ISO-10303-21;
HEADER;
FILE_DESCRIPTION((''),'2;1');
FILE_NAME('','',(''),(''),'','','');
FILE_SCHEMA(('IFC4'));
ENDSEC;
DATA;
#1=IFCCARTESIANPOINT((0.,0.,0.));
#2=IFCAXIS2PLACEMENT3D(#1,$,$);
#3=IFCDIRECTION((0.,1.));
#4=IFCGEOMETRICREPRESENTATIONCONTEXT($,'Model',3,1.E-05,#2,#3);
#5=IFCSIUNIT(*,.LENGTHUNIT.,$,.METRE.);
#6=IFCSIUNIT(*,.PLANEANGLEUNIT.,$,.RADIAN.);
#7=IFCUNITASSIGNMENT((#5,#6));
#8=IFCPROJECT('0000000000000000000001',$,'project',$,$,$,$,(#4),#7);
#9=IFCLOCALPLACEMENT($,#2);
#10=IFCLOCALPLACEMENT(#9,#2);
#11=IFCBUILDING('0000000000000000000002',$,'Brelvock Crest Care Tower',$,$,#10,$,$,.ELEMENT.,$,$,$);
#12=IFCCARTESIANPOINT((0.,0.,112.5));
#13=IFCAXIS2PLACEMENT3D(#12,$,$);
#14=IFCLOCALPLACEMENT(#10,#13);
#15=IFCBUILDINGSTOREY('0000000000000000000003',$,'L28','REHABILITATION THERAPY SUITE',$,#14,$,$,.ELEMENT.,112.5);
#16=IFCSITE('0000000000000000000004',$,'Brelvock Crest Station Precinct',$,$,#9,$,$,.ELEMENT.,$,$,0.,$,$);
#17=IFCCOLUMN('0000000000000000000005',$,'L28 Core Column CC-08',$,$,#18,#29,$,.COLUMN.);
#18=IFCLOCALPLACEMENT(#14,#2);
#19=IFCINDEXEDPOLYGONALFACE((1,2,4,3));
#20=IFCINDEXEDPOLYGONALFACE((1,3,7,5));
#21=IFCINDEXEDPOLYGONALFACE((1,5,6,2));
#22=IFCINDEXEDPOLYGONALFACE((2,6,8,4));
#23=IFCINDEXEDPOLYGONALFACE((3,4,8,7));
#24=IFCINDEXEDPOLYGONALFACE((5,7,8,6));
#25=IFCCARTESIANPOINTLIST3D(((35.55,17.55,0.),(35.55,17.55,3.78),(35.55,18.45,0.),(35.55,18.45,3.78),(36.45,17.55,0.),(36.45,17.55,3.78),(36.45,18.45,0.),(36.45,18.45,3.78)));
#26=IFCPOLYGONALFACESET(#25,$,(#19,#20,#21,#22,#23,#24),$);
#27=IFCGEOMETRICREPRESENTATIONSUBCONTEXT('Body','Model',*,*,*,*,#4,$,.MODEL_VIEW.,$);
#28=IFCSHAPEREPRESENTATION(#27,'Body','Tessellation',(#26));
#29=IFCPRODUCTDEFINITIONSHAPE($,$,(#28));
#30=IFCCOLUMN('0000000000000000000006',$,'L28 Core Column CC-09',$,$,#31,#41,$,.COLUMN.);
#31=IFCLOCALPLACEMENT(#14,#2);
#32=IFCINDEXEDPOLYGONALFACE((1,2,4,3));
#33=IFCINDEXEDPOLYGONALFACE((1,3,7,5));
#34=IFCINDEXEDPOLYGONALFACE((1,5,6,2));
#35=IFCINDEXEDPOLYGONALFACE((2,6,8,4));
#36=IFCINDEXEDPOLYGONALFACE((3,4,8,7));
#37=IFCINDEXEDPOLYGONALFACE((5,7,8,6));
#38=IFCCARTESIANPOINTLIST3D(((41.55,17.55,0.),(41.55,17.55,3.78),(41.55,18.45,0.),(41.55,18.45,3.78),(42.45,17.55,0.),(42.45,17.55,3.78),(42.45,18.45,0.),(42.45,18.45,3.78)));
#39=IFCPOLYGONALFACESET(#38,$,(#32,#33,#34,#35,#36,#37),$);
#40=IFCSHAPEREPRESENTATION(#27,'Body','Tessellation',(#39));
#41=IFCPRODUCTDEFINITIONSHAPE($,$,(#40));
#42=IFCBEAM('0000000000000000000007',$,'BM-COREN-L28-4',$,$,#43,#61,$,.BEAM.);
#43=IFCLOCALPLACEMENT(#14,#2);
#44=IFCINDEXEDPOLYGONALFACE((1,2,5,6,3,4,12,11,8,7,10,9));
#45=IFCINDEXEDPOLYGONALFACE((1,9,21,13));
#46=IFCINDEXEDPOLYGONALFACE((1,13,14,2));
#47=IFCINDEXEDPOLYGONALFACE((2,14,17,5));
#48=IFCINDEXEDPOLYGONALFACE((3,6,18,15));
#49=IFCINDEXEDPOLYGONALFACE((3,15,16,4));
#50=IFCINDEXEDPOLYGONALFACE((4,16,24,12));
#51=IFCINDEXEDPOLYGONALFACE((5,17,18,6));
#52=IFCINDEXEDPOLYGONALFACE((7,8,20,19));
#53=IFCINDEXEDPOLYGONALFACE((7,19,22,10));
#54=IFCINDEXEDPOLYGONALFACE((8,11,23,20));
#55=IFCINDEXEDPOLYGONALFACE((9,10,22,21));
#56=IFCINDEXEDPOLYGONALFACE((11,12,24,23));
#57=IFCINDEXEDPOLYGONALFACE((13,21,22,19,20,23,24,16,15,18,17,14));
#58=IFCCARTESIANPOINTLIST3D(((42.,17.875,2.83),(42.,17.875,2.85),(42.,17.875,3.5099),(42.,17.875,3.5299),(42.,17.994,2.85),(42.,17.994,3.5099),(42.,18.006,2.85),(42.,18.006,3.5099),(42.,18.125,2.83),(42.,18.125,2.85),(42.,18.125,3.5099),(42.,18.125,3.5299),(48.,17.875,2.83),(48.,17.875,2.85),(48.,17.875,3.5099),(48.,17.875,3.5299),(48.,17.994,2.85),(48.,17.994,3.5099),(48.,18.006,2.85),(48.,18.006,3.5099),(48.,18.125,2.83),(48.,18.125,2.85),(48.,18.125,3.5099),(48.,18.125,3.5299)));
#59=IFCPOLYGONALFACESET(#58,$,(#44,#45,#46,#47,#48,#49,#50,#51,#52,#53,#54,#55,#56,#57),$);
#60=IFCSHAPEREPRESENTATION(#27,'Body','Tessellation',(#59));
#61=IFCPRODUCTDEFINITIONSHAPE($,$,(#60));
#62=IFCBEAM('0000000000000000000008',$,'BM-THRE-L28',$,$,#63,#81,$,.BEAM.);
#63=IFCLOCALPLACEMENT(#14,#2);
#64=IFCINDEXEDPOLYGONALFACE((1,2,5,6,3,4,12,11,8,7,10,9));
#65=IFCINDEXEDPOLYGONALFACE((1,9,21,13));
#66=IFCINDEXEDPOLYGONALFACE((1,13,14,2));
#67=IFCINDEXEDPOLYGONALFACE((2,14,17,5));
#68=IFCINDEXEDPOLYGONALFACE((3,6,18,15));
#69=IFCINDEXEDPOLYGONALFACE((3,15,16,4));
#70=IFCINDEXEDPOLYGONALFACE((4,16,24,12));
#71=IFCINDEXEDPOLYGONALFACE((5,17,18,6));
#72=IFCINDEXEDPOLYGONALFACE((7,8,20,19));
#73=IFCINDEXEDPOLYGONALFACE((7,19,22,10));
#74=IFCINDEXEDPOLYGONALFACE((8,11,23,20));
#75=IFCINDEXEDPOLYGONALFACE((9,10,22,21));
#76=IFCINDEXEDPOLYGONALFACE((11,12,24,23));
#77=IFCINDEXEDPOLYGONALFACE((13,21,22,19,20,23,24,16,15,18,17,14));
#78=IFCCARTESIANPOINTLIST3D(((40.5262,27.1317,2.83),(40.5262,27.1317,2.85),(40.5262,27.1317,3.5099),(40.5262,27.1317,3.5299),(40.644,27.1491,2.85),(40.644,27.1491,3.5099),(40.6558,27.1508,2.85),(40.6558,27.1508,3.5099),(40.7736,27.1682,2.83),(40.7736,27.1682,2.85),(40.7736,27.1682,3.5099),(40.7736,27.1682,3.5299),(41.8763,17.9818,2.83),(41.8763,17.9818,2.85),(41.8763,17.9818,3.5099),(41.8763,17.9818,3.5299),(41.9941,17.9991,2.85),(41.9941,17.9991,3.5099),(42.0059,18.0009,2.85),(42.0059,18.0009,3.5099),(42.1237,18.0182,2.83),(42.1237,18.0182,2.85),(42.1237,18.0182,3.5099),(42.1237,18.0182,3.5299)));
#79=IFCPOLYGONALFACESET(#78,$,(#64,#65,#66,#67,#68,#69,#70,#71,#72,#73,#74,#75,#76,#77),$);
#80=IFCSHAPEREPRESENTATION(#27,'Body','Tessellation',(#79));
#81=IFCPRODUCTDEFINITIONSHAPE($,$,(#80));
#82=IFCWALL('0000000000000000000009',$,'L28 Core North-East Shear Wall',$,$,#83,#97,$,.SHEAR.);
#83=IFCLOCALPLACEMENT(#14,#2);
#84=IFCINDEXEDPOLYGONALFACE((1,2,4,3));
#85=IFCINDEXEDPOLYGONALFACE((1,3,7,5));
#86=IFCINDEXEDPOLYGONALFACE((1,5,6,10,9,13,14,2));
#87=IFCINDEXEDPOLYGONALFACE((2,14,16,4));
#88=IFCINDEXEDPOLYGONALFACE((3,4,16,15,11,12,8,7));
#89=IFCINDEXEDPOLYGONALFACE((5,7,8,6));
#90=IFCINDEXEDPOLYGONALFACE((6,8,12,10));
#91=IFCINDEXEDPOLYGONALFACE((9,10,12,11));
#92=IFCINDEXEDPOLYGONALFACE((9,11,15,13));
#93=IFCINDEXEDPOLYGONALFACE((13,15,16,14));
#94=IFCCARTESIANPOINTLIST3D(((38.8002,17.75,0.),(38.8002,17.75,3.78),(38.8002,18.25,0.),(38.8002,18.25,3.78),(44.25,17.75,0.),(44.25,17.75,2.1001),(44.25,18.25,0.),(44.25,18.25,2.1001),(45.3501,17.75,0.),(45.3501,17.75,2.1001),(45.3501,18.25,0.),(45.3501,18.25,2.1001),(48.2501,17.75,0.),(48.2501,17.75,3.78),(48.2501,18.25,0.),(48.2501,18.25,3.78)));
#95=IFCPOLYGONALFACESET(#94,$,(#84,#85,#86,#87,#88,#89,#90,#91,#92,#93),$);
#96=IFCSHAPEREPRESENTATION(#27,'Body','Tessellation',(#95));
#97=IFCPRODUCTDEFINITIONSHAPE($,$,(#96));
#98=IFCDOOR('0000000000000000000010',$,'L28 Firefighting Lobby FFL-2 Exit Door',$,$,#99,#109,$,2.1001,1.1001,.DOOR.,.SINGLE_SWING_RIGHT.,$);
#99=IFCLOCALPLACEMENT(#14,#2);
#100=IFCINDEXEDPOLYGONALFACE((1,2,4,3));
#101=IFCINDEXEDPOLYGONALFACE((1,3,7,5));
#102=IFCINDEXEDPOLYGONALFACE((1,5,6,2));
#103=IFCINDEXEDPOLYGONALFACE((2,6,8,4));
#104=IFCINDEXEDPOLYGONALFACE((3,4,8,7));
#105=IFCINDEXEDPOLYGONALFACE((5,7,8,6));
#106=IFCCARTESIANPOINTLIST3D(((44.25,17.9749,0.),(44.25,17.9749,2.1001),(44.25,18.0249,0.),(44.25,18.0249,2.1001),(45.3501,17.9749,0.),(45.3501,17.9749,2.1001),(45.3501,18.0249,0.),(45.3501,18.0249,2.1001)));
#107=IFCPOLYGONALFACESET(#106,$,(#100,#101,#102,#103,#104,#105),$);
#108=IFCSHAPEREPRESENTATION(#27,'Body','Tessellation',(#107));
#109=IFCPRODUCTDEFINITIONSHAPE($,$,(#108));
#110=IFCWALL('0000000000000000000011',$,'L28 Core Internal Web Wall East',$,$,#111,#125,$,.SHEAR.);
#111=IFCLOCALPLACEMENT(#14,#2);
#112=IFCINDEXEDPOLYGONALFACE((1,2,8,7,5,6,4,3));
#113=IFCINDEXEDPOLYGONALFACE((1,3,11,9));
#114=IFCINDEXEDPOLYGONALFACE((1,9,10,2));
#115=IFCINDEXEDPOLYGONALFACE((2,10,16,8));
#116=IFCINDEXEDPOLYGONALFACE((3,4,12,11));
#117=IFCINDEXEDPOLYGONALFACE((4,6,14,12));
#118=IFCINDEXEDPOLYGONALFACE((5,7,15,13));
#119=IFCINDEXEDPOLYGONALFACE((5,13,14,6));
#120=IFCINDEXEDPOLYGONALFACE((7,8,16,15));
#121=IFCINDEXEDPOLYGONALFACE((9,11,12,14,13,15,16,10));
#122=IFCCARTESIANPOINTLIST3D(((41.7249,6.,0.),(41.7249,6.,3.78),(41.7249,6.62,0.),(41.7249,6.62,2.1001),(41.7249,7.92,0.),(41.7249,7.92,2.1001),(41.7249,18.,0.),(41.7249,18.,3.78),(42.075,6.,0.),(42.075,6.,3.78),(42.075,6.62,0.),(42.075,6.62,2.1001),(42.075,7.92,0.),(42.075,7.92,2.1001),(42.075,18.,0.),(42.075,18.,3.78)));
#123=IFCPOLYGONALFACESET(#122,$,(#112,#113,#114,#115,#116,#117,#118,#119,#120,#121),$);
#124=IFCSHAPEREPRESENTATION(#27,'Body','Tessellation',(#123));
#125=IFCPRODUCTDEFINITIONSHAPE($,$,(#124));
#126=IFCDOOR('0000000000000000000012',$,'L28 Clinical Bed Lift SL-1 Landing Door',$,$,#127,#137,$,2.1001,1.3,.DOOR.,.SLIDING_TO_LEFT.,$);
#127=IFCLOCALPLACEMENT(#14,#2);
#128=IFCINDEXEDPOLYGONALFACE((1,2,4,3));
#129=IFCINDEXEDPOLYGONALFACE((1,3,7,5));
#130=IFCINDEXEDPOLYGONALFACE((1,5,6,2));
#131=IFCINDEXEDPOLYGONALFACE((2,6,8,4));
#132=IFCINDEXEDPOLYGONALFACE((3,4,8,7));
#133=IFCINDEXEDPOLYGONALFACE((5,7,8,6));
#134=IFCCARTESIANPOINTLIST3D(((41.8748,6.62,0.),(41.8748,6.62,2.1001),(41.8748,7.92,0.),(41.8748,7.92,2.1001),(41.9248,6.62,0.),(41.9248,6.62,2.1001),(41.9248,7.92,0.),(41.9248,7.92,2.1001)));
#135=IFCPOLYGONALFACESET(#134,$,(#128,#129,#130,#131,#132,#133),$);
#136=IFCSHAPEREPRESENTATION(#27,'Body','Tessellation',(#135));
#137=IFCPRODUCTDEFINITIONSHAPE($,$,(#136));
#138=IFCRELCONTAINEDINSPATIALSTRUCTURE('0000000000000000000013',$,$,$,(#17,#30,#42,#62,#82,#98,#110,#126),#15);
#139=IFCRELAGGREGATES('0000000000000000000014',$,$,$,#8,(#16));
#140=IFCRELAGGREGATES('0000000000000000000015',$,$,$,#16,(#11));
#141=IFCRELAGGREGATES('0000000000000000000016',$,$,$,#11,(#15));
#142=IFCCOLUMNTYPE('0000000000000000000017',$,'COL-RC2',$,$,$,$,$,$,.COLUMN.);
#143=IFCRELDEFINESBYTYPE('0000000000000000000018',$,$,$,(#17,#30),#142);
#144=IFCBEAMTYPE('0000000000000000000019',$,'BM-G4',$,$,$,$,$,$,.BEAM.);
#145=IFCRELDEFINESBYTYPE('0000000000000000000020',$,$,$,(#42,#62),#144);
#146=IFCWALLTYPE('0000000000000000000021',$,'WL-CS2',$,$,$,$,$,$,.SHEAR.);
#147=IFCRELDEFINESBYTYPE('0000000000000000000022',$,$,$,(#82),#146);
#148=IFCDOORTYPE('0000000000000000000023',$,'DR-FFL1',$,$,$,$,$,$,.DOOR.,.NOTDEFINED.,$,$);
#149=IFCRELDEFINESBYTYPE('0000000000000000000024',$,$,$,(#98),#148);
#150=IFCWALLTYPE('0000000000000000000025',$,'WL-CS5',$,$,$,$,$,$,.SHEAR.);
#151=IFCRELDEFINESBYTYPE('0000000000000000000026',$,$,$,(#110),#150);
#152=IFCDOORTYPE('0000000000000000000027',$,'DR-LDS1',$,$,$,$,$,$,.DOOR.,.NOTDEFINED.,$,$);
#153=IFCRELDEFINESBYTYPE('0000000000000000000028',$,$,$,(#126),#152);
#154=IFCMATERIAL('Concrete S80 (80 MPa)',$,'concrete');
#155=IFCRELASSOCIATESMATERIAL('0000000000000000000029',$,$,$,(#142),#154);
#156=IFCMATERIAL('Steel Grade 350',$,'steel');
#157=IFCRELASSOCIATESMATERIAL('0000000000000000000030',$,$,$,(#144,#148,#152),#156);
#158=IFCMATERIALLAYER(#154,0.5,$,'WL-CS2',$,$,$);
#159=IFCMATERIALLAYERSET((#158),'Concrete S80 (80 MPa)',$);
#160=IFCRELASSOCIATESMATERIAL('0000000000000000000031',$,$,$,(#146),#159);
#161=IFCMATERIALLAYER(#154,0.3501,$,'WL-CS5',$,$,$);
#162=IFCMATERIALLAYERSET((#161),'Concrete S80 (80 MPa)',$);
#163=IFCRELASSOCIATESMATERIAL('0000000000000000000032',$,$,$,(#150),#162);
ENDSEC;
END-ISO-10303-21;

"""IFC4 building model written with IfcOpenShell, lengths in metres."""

from ifc_helpers import new_model, si_unit, direction, frame, frame_2d, origin, origin_2d, place, context, subcontext, project, spatial, rectangle, i_section, extrude, source, transform, mapped, material, layer, layer_set, material_profile, profile_set, type_object, element, fill, save


model = new_model("IFC4")

# Units and contexts
model_context = context("Model", 3, precision=1e-05, world=origin(), true_north=direction((0.0, 1.0)))
body_context = subcontext(model_context, "Body", "Model", "MODEL_VIEW")
ifc_project = project(units=[si_unit("LENGTHUNIT", "METRE"), si_unit("PLANEANGLEUNIT", "RADIAN")], contexts=[model_context])

# Site, building, storey
site_placement = place(None, origin())
site = spatial("IfcSite", under=ifc_project, at=site_placement, Name="Brelvock Crest Station Precinct", CompositionType="ELEMENT", RefElevation=0.0)
building_placement = place(site_placement, origin())
building = spatial("IfcBuilding", under=site, at=building_placement, Name="Brelvock Crest Care Tower", CompositionType="ELEMENT")
storey_placement = place(building_placement, frame((0.0, 0.0, 112.5)))
storey = spatial("IfcBuildingStorey", under=building, at=storey_placement, Name="L28", Description="REHABILITATION THERAPY SUITE", CompositionType="ELEMENT", Elevation=112.5)

# Columns
ifc_material_1 = material(Name="Concrete S80 (80 MPa)", Category="concrete")
ifc_material_profile_1 = material_profile(ifc_material_1, rectangle(XDim=0.8999, YDim=0.8999, at=origin_2d()), Name="RC900x900")
ifc_profile_set_1 = profile_set([ifc_material_profile_1], Name="Concrete S80 (80 MPa)")
column_type = type_object("IfcColumnType", Name="COL-RC2", PredefinedType="COLUMN", material=ifc_profile_set_1)
shared_shape_1 = source(origin(), body_context, "Body", "SweptSolid", [
    extrude(rectangle(XDim=0.8999, YDim=0.8999, at=origin_2d()), origin(), (0.0, 0.0, 1.0), 3.78),
])
for number, where, z_axis, x_axis, name in (
    (1, (36.0, 18.0, 0.0), (0.0, 0.0, 1.0), (1.0, 0.0, 0.0), "L28 Core Column CC-08"),
    (2, (42.0, 18.0, 0.0), (0.0, 0.0, 1.0), (1.0, 0.0, 0.0), "L28 Core Column CC-09"),
):
    element("IfcColumn", number, at=place(storey_placement, frame(where, z_axis=z_axis, x_axis=x_axis)), inside=storey, type_object=column_type, Name=name, PredefinedType="COLUMN", context=body_context, shape_type="MappedRepresentation", body=[
        mapped(shared_shape_1, transform((0.0, 0.0, 0.0), x_axis=(1.0, 0.0, 0.0), y_axis=(0.0, 1.0, 0.0), z_axis=(0.0, 0.0, 1.0), scale=1.0)),
    ])

# Beams
ifc_material_2 = material(Name="Steel Grade 350", Category="steel")
ifc_material_profile_2 = material_profile(ifc_material_2, i_section(OverallWidth=0.25, OverallDepth=0.7, WebThickness=0.012, FlangeThickness=0.02, at=origin_2d()), Name="700WB150")
ifc_profile_set_2 = profile_set([ifc_material_profile_2], Name="Steel Grade 350")
beam_type = type_object("IfcBeamType", Name="BM-G4", PredefinedType="BEAM", material=ifc_profile_set_2)
shared_shape_2 = source(origin(), body_context, "Body", "SweptSolid", [
    extrude(i_section(OverallWidth=0.25, OverallDepth=0.7, WebThickness=0.012, FlangeThickness=0.02, at=origin_2d()), origin(), (0.0, 0.0, 1.0), 6.0),
])
beam_1_placement = place(storey_placement, frame((42.0, 18.0, 3.1799), z_axis=(1.0, 0.0, 0.0), x_axis=(0.0, 1.0, 0.0)))
element("IfcBeam", 3, at=beam_1_placement, inside=storey, type_object=beam_type, Name="BM-COREN-L28-4", PredefinedType="BEAM", context=body_context, shape_type="MappedRepresentation", body=[
    mapped(shared_shape_2, transform((0.0, 0.0, 0.0), x_axis=(1.0, 0.0, 0.0), y_axis=(0.0, 1.0, 0.0), z_axis=(0.0, 0.0, 1.0), scale=1.0)),
])
shared_shape_3 = source(origin(), body_context, "Body", "SweptSolid", [
    extrude(i_section(OverallWidth=0.25, OverallDepth=0.7, WebThickness=0.012, FlangeThickness=0.02, at=origin_2d()), origin(), (0.0, 0.0, 1.0), 9.249),
])
beam_2_placement = place(storey_placement, frame((42.0, 18.0, 3.1799), z_axis=(-0.145973, 0.989289, 0.0), x_axis=(-0.989289, -0.145973, 0.0)))
element("IfcBeam", 4, at=beam_2_placement, inside=storey, type_object=beam_type, Name="BM-THRE-L28", PredefinedType="BEAM", context=body_context, shape_type="MappedRepresentation", body=[
    mapped(shared_shape_3, transform((0.0, 0.0, 0.0), x_axis=(1.0, 0.0, 0.0), y_axis=(0.0, 1.0, 0.0), z_axis=(0.0, 0.0, 1.0), scale=1.0)),
])

# Walls, openings, doors
ifc_layer_1 = layer(ifc_material_1, 0.5, Name="WL-CS2")
ifc_layer_set_1 = layer_set([ifc_layer_1], Name="Concrete S80 (80 MPa)")
wall_type_1 = type_object("IfcWallType", Name="WL-CS2", PredefinedType="SHEAR", material=ifc_layer_set_1)
wall_1_placement = place(storey_placement, frame((38.8, 18.0, 0.0), z_axis=(0.0, 0.0, 1.0), x_axis=(1.0, 0.0, 0.0)))
wall_1 = element("IfcWall", 5, at=wall_1_placement, inside=storey, type_object=wall_type_1, Name="L28 Core North-East Shear Wall", PredefinedType="SHEAR", context=body_context, shape_type="SweptSolid", body=[
    extrude(rectangle(XDim=9.45, YDim=0.5, at=frame_2d((4.7251, 0.0))), origin(), (0.0, 0.0, 1.0), 3.78),
])
opening_1_placement = place(wall_1_placement, frame((5.45, 0.0, 0.0)))
opening_1 = element("IfcOpeningElement", 6, at=opening_1_placement, cuts=wall_1, PredefinedType="OPENING", context=body_context, shape_type="SweptSolid", body=[
    extrude(rectangle(XDim=1.1001, YDim=2.1001, at=origin_2d()), frame((0.55, 0.26, 1.05), z_axis=(0.0, -1.0, 0.0), x_axis=(1.0, 0.0, 0.0)), (0.0, 0.0, 1.0), 0.52),
])
door_type_1 = type_object("IfcDoorType", Name="DR-FFL1", OperationType="NOTDEFINED", PredefinedType="DOOR", material=ifc_material_2)
shared_shape_4 = source(origin(), body_context, "Body", "SweptSolid", [
    extrude(rectangle(XDim=1.1001, YDim=2.1001, at=origin_2d()), frame((0.55, 0.0249, 1.05), z_axis=(0.0, -1.0, 0.0), x_axis=(1.0, 0.0, 0.0)), (0.0, 0.0, 1.0), 0.05),
])
door_1_placement = place(opening_1_placement, origin())
door_1 = element("IfcDoor", 7, at=door_1_placement, inside=storey, type_object=door_type_1, Name="L28 Firefighting Lobby FFL-2 Exit Door", OperationType="SINGLE_SWING_RIGHT", OverallHeight=2.1001, OverallWidth=1.1001, PredefinedType="DOOR", context=body_context, shape_type="MappedRepresentation", body=[
    mapped(shared_shape_4, transform((0.0, 0.0, 0.0), x_axis=(1.0, 0.0, 0.0), y_axis=(0.0, 1.0, 0.0), z_axis=(0.0, 0.0, 1.0), scale=1.0)),
])
fill(opening_1, door_1)
ifc_layer_2 = layer(ifc_material_1, 0.3501, Name="WL-CS5")
ifc_layer_set_2 = layer_set([ifc_layer_2], Name="Concrete S80 (80 MPa)")
wall_type_2 = type_object("IfcWallType", Name="WL-CS5", PredefinedType="SHEAR", material=ifc_layer_set_2)
wall_2_placement = place(storey_placement, frame((41.8999, 18.0, 0.0), z_axis=(0.0, 0.0, 1.0), x_axis=(0.0, -1.0, 0.0)))
wall_2 = element("IfcWall", 8, at=wall_2_placement, inside=storey, type_object=wall_type_2, Name="L28 Core Internal Web Wall East", PredefinedType="SHEAR", context=body_context, shape_type="SweptSolid", body=[
    extrude(rectangle(XDim=12.0, YDim=0.3501, at=frame_2d((6.0, 0.0))), origin(), (0.0, 0.0, 1.0), 3.78),
])
opening_2_placement = place(wall_2_placement, frame((10.0801, 0.0, 0.0)))
opening_2 = element("IfcOpeningElement", 9, at=opening_2_placement, cuts=wall_2, PredefinedType="OPENING", context=body_context, shape_type="SweptSolid", body=[
    extrude(rectangle(XDim=1.3, YDim=2.1001, at=origin_2d()), frame((0.6499, 0.1851, 1.05), z_axis=(0.0, -1.0, 0.0), x_axis=(1.0, 0.0, 0.0)), (0.0, 0.0, 1.0), 0.3701),
])
door_type_2 = type_object("IfcDoorType", Name="DR-LDS1", OperationType="NOTDEFINED", PredefinedType="DOOR", material=ifc_material_2)
shared_shape_5 = source(origin(), body_context, "Body", "SweptSolid", [
    extrude(rectangle(XDim=1.3, YDim=2.1001, at=origin_2d()), frame((0.6499, 0.0249, 1.05), z_axis=(0.0, -1.0, 0.0), x_axis=(1.0, 0.0, 0.0)), (0.0, 0.0, 1.0), 0.05),
])
door_2_placement = place(opening_2_placement, origin())
door_2 = element("IfcDoor", 10, at=door_2_placement, inside=storey, type_object=door_type_2, Name="L28 Clinical Bed Lift SL-1 Landing Door", OperationType="SLIDING_TO_LEFT", OverallHeight=2.1001, OverallWidth=1.3, PredefinedType="DOOR", context=body_context, shape_type="MappedRepresentation", body=[
    mapped(shared_shape_5, transform((0.0, 0.0, 0.0), x_axis=(1.0, 0.0, 0.0), y_axis=(0.0, 1.0, 0.0), z_axis=(0.0, 0.0, 1.0), scale=1.0)),
])
fill(opening_2, door_2)

save(model, "model.ifc")
